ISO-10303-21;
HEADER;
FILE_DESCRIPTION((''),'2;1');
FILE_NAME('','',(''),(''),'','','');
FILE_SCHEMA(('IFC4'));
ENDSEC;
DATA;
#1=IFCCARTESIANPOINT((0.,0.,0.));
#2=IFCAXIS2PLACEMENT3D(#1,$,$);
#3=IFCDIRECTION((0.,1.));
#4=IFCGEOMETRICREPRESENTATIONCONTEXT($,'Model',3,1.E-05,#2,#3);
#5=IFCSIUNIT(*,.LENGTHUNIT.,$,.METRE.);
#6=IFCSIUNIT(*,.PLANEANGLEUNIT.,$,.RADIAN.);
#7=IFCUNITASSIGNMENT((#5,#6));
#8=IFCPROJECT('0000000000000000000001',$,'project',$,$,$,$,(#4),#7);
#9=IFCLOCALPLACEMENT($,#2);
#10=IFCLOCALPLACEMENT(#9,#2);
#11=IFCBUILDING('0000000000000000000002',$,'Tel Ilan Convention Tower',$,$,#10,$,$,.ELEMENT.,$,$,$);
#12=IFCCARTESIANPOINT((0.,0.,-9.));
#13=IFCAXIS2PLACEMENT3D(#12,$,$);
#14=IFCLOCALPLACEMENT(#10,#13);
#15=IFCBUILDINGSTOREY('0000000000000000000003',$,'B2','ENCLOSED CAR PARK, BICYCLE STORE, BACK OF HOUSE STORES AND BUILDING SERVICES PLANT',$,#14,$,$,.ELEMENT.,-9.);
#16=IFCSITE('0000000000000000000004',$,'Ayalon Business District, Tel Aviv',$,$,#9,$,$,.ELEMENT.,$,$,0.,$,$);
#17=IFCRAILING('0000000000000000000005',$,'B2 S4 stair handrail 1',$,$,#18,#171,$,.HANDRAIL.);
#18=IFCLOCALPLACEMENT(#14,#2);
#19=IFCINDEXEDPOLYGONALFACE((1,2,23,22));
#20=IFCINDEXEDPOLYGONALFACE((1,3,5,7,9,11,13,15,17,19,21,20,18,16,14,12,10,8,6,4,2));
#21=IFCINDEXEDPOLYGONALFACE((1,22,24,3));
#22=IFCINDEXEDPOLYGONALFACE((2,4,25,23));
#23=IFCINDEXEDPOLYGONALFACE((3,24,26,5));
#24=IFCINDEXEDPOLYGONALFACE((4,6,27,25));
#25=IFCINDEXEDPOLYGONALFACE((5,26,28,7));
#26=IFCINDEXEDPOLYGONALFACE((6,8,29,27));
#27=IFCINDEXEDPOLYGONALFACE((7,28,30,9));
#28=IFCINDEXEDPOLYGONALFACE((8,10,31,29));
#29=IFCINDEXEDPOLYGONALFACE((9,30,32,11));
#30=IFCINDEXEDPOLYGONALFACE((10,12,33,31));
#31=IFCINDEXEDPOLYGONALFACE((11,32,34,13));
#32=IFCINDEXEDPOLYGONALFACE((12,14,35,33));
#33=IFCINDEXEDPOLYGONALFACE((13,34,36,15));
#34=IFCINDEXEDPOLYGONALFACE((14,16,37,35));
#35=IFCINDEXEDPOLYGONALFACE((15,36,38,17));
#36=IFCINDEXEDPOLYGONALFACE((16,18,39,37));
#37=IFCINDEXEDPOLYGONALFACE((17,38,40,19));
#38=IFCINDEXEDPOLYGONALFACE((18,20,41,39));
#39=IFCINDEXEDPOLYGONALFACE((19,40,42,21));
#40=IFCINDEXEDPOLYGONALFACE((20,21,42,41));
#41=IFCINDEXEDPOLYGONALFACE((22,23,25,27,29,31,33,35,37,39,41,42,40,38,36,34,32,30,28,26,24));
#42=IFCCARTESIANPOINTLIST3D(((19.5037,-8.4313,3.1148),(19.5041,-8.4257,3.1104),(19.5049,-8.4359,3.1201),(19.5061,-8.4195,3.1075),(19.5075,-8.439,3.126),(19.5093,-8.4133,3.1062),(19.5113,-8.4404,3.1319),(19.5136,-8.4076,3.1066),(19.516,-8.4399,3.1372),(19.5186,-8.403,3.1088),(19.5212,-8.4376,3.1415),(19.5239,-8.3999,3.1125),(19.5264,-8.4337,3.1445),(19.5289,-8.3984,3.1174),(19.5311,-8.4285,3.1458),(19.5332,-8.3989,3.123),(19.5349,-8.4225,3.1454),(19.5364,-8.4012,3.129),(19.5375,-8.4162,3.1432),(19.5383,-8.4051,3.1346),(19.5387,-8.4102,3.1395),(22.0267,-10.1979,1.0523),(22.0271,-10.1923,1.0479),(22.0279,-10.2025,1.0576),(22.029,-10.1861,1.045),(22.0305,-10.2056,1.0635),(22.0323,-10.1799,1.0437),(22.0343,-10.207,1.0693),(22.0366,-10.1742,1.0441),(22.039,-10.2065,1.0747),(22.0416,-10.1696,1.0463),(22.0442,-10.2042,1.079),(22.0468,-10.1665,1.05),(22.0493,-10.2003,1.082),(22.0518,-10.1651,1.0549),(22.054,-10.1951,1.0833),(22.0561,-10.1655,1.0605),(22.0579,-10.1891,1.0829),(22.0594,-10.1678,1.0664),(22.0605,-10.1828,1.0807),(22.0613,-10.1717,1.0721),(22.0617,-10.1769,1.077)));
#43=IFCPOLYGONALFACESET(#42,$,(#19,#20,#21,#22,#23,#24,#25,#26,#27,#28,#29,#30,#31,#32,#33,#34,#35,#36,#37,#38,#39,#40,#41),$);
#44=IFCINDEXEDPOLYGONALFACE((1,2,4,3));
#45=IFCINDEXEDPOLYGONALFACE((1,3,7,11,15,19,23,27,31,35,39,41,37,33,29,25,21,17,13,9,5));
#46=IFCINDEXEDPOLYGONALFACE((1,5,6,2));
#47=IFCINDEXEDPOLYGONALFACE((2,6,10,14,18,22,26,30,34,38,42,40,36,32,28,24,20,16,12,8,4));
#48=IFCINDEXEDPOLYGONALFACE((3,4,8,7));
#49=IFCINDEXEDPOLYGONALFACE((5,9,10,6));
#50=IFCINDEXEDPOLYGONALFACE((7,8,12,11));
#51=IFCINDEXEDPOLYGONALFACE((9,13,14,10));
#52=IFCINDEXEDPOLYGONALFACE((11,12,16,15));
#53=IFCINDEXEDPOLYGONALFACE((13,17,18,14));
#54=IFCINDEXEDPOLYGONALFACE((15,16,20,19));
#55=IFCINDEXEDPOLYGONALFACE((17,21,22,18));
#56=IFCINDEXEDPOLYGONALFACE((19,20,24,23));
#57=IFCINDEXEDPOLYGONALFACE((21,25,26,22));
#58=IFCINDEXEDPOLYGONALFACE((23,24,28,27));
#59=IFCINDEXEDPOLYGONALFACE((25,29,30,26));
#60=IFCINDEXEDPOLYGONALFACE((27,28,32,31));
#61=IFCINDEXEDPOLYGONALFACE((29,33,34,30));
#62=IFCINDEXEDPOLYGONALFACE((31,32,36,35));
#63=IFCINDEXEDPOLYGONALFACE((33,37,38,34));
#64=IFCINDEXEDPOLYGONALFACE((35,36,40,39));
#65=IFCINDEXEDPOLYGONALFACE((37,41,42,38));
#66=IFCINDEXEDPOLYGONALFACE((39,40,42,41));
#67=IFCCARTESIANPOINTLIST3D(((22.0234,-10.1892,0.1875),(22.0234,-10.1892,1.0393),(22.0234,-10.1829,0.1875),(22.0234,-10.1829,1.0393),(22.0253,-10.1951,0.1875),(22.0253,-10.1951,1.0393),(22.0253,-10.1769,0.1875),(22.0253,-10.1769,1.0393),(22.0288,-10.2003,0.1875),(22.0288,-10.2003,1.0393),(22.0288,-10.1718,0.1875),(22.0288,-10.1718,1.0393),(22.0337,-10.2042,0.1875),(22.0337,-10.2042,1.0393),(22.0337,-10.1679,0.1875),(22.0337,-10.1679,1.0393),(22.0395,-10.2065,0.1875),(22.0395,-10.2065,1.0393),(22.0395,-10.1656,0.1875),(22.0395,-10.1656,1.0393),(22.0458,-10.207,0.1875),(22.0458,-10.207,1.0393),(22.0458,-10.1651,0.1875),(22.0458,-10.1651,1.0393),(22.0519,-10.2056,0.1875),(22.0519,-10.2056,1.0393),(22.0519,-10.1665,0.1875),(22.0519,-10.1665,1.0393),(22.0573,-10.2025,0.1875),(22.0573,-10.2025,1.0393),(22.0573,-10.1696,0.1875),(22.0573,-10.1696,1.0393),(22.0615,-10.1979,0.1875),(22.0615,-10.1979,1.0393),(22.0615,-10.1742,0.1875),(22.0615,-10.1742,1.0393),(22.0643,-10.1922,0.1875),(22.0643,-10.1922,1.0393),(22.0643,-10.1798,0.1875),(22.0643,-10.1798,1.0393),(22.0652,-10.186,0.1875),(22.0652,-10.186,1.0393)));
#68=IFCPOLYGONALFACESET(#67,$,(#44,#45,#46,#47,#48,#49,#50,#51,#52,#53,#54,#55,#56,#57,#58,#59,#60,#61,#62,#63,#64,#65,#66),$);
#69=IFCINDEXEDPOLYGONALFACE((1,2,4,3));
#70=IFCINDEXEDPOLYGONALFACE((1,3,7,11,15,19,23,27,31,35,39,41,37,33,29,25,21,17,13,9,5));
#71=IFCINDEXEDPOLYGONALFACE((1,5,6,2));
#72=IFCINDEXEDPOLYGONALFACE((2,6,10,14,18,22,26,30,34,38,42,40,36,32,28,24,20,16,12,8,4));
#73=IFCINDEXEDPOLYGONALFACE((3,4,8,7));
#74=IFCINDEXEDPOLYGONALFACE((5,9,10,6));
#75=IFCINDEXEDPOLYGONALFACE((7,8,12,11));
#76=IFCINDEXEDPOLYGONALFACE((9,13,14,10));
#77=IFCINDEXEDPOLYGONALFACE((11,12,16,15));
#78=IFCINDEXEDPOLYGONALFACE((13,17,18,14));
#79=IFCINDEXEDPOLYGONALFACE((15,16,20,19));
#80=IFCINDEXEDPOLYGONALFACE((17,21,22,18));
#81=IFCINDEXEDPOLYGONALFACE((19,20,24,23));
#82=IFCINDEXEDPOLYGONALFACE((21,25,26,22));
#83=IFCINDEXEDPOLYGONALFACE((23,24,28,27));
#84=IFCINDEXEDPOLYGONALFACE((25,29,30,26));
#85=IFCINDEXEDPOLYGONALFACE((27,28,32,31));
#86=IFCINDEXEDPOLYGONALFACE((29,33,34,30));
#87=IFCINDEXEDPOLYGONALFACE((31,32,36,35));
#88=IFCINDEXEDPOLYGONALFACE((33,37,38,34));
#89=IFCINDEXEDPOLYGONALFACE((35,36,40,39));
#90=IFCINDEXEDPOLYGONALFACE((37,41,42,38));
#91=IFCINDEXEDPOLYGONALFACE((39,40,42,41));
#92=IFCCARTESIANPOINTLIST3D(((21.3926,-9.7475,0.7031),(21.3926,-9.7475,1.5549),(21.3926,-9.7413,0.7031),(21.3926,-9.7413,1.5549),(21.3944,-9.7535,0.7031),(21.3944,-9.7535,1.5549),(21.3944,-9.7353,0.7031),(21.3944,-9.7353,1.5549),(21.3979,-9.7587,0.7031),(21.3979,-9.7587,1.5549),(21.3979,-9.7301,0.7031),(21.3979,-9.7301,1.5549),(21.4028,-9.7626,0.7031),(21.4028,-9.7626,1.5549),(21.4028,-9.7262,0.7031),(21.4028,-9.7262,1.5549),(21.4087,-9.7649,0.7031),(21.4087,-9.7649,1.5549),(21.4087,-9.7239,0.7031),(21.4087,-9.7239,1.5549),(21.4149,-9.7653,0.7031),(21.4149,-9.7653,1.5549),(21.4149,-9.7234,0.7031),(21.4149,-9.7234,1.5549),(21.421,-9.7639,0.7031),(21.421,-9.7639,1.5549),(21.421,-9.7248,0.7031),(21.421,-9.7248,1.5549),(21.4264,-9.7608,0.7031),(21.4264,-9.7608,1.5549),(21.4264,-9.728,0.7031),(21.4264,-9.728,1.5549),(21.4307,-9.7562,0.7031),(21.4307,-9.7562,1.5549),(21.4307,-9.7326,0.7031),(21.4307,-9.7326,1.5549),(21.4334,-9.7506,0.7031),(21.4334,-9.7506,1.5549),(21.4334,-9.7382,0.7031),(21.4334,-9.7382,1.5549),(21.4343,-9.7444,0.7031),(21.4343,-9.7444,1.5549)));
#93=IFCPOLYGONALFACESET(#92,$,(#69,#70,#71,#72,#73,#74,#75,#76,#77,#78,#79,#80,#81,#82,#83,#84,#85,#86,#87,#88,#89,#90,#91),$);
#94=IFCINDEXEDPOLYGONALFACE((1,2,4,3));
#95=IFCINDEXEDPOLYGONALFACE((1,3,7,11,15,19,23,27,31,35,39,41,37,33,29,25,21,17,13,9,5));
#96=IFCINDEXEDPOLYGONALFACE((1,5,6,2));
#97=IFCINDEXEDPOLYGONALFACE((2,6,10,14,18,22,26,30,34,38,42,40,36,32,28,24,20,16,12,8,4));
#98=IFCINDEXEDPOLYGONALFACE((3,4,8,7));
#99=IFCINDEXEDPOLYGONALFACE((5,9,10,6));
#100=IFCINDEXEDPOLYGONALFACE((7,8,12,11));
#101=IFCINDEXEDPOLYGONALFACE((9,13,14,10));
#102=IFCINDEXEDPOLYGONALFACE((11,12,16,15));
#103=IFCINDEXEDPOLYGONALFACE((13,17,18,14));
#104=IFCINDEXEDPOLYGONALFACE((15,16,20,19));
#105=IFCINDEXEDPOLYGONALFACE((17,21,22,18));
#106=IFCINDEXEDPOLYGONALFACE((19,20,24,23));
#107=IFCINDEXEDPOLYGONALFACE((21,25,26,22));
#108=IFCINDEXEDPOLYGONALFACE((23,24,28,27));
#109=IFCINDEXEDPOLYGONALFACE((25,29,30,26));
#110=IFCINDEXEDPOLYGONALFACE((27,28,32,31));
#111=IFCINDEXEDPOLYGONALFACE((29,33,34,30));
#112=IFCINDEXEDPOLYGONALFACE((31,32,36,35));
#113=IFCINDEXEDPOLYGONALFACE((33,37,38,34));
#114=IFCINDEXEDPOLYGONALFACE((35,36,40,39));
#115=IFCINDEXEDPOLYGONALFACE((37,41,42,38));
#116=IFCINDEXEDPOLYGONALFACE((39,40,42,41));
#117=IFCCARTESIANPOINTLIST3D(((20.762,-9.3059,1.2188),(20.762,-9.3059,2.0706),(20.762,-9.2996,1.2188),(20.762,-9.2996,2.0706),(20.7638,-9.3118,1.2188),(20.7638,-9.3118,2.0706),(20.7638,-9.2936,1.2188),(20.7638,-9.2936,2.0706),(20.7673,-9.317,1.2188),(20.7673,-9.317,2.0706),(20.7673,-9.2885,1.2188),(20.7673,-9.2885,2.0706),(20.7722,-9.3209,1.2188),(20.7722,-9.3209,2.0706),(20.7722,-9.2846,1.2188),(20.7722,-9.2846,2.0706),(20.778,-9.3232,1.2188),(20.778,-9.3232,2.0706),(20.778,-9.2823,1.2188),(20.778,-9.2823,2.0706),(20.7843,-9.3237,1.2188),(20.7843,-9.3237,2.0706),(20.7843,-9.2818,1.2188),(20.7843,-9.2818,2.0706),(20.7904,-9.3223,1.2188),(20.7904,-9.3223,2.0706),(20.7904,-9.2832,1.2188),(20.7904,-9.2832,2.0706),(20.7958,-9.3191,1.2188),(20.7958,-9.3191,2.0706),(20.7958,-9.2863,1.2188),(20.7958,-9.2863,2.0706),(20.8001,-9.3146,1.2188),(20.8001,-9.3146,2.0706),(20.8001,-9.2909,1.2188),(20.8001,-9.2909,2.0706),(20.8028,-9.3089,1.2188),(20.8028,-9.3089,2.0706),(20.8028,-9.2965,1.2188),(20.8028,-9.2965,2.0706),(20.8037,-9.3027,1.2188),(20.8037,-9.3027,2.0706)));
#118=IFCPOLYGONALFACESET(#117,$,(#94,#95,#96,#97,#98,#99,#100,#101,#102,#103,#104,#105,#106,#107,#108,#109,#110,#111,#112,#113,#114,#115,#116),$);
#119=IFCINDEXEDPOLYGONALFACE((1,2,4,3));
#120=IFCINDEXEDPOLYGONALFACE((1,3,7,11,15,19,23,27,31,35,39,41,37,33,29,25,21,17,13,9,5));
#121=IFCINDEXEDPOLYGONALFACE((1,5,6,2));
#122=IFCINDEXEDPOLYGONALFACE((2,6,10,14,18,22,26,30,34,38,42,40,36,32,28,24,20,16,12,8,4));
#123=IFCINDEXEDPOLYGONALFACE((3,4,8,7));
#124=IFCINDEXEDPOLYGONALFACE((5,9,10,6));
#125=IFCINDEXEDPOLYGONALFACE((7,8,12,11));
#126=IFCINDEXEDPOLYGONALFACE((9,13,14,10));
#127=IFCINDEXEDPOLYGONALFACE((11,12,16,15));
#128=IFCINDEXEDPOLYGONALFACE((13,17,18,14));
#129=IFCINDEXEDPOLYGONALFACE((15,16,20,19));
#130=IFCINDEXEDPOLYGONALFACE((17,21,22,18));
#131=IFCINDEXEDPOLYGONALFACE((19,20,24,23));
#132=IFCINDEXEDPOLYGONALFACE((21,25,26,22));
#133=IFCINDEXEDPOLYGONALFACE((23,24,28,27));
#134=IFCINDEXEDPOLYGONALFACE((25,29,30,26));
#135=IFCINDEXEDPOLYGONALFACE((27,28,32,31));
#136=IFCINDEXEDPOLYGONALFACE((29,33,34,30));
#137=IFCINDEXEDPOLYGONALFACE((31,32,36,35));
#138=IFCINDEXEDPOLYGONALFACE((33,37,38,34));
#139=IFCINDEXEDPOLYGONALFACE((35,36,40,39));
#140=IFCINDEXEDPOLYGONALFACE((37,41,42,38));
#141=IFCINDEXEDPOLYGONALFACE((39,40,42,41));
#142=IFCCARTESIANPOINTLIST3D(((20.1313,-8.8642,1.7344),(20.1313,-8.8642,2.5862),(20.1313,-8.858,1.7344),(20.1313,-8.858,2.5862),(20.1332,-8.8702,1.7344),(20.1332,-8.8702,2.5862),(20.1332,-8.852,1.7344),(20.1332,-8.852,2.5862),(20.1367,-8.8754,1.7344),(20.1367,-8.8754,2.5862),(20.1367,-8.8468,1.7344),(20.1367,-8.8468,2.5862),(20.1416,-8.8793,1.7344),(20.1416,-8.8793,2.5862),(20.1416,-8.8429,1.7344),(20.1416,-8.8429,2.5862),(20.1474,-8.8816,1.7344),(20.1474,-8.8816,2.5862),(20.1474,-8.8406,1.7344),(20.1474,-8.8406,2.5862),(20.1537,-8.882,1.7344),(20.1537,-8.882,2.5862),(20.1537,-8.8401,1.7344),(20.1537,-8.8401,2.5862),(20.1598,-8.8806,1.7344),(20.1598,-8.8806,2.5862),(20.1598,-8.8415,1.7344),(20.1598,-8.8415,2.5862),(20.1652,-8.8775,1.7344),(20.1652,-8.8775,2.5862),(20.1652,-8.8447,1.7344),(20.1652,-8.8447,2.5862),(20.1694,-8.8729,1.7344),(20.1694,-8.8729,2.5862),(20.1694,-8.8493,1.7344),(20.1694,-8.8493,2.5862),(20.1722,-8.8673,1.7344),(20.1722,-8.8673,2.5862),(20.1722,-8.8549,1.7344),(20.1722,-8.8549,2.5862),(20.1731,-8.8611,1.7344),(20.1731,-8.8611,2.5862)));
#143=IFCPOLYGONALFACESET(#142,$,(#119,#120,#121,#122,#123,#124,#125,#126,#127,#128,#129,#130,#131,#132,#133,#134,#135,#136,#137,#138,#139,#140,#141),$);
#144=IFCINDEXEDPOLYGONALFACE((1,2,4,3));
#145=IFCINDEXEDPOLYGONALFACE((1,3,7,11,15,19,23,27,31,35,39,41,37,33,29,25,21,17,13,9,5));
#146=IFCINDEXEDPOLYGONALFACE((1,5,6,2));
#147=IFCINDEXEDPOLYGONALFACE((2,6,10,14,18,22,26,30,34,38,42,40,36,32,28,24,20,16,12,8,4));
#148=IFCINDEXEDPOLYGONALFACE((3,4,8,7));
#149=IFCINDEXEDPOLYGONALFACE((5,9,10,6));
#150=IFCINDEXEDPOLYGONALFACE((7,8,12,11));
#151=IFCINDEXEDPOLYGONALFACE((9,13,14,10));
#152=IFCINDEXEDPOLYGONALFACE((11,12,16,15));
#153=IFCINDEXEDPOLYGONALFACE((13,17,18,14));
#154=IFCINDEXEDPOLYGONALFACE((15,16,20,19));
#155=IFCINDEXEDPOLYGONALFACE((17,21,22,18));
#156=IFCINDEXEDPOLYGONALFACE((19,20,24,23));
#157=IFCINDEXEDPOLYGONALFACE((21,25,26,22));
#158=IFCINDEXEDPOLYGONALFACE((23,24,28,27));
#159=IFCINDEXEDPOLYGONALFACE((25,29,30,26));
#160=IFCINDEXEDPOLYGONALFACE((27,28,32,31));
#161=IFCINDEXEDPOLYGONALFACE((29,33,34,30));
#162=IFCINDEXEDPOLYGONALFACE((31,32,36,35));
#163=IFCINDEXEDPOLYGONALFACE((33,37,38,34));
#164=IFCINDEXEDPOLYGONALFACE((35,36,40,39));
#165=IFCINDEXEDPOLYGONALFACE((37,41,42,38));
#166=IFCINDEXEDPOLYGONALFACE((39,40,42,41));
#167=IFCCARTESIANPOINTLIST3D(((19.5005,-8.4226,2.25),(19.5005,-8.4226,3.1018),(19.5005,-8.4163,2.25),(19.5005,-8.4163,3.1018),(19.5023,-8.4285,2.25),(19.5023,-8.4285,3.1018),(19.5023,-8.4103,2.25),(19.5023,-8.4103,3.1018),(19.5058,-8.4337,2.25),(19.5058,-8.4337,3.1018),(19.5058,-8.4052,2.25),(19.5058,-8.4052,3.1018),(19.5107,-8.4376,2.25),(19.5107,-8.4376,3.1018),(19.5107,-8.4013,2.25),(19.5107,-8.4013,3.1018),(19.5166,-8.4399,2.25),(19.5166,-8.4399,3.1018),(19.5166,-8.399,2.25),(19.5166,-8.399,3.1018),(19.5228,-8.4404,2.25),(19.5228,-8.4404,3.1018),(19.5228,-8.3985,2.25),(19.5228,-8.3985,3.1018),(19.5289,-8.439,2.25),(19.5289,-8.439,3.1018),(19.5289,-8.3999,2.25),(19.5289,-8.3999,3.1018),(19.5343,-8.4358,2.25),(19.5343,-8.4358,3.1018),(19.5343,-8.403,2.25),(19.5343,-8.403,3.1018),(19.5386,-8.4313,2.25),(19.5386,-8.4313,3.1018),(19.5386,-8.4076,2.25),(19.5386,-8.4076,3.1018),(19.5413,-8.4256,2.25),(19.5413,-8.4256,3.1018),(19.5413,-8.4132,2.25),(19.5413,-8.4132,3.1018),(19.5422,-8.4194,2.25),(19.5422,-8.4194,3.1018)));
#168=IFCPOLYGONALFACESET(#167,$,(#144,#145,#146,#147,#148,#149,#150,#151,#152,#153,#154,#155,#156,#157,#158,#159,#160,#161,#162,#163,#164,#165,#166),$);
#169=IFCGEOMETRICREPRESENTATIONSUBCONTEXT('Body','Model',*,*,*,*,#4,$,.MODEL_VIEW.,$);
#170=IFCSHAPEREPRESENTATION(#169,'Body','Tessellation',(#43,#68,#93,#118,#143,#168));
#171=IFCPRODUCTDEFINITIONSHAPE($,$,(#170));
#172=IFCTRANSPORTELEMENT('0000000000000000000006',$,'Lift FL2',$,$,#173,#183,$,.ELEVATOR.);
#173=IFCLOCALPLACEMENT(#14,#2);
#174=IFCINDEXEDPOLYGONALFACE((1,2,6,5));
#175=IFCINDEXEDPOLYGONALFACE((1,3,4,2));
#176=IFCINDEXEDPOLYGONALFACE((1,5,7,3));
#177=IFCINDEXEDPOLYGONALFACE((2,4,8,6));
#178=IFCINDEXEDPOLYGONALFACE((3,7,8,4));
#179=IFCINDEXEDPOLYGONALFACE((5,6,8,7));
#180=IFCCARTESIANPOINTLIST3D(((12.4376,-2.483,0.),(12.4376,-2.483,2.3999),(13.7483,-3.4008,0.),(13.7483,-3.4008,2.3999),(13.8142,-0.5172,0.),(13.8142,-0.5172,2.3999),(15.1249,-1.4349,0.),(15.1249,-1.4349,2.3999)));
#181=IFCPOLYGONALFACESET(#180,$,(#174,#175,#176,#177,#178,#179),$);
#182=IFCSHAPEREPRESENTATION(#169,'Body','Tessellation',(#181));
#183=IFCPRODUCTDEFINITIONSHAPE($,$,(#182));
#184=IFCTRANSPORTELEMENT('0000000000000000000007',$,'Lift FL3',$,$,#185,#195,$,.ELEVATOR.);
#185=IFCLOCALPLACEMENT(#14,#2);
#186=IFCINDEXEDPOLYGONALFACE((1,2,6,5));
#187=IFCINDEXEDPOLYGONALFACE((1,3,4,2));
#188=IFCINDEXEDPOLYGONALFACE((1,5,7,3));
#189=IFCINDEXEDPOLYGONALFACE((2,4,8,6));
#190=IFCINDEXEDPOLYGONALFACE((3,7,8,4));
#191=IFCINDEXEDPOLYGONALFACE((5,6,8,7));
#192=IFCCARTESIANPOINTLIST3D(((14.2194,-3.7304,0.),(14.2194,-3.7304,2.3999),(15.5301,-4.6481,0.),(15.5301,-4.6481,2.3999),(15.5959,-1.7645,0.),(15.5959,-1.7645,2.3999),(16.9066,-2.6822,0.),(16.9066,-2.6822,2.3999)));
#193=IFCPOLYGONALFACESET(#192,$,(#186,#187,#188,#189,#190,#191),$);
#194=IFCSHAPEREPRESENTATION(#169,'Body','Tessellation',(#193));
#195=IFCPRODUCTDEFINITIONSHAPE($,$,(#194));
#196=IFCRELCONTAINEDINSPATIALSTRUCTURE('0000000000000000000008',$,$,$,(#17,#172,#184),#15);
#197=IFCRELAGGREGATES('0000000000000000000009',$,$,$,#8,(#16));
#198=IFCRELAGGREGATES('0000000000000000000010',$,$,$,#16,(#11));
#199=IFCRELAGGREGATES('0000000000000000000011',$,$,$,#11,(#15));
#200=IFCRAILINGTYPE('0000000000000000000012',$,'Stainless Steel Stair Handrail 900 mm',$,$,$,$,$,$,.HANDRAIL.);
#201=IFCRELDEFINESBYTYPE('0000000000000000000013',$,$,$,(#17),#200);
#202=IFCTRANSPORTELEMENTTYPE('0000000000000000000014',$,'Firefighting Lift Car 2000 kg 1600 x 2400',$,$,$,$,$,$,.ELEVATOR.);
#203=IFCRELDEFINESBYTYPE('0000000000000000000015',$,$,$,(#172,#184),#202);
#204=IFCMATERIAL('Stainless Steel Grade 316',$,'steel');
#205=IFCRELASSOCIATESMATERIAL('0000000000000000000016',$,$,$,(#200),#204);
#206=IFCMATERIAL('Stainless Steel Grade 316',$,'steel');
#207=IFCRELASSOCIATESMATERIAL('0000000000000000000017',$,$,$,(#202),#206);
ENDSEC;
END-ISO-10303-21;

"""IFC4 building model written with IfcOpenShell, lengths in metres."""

from ifc_helpers import new_model, si_unit, direction, frame, origin, origin_2d, place, context, subcontext, project, spatial, rectangle, circle, extrude, material, type_object, element, save


model = new_model("IFC4")

# Units and contexts
model_context = context("Model", 3, precision=1e-05, world=origin(), true_north=direction((0.0, 1.0)))
body_context = subcontext(model_context, "Body", "Model", "MODEL_VIEW")
ifc_project = project(units=[si_unit("LENGTHUNIT", "METRE"), si_unit("PLANEANGLEUNIT", "RADIAN")], contexts=[model_context])

# Site, building, storey
site_placement = place(None, origin())
site = spatial("IfcSite", under=ifc_project, at=site_placement, Name="Ayalon Business District, Tel Aviv", CompositionType="ELEMENT", RefElevation=0.0)
building_placement = place(site_placement, origin())
building = spatial("IfcBuilding", under=site, at=building_placement, Name="Tel Ilan Convention Tower", CompositionType="ELEMENT")
storey_placement = place(building_placement, frame((0.0, 0.0, -9.0)))
storey = spatial("IfcBuildingStorey", under=building, at=storey_placement, Name="B2", Description="ENCLOSED CAR PARK, BICYCLE STORE, BACK OF HOUSE STORES AND BUILDING SERVICES PLANT", CompositionType="ELEMENT", Elevation=-9.0)

# Railing
ifc_material_1 = material(Name="Stainless Steel Grade 316", Category="steel")
railing_type_1 = type_object("IfcRailingType", Name="Stainless Steel Stair Handrail 900 mm", PredefinedType="HANDRAIL", material=ifc_material_1)
railing_1_placement = place(storey_placement, frame((22.0442, -10.186, 0.1875)))
element("IfcRailing", 1, at=railing_1_placement, inside=storey, type_object=railing_type_1, Name="B2 S4 stair handrail 1", PredefinedType="HANDRAIL", context=body_context, shape_type="SweptSolid", body=[
    extrude(circle(Radius=0.0239, at=origin_2d()), frame((0.0, 0.0, 0.876), z_axis=(-0.680635, 0.476589, 0.556416), x_axis=(-0.573579, -0.81915, 0.0)), (0.0, 0.0, 1.0), 3.7068),
    extrude(circle(Radius=0.021, at=origin_2d()), origin(), (0.0, 0.0, 1.0), 0.8518),
    extrude(circle(Radius=0.021, at=origin_2d()), frame((-0.6309, 0.4417, 0.5156)), (0.0, 0.0, 1.0), 0.8518),
    extrude(circle(Radius=0.021, at=origin_2d()), frame((-1.2615, 0.8833, 1.0312)), (0.0, 0.0, 1.0), 0.8518),
    extrude(circle(Radius=0.021, at=origin_2d()), frame((-1.8921, 1.325, 1.5469)), (0.0, 0.0, 1.0), 0.8518),
    extrude(circle(Radius=0.021, at=origin_2d()), frame((-2.5229, 1.7666, 2.0625)), (0.0, 0.0, 1.0), 0.8518),
])

# Transport elements
ifc_material_2 = material(Name="Stainless Steel Grade 316", Category="steel")
transport_element_type = type_object("IfcTransportElementType", Name="Firefighting Lift Car 2000 kg 1600 x 2400", PredefinedType="ELEVATOR", material=ifc_material_2)
for number, where, z_axis, x_axis, name in (
    (2, (13.7812, -1.959, 0.0), (0.0, 0.0, 1.0), (0.819152, -0.573576, 0.0), "Lift FL2"),
    (3, (15.563, -3.2063, 0.0), (0.0, 0.0, 1.0), (0.819152, -0.573576, 0.0), "Lift FL3"),
):
    element("IfcTransportElement", number, at=place(storey_placement, frame(where, z_axis=z_axis, x_axis=x_axis)), inside=storey, type_object=transport_element_type, Name=name, PredefinedType="ELEVATOR", context=body_context, shape_type="SweptSolid", body=[
        extrude(rectangle(XDim=1.6001, YDim=2.3999, at=origin_2d()), origin(), (0.0, 0.0, 1.0), 2.3999),
    ])

save(model, "model.ifc")
